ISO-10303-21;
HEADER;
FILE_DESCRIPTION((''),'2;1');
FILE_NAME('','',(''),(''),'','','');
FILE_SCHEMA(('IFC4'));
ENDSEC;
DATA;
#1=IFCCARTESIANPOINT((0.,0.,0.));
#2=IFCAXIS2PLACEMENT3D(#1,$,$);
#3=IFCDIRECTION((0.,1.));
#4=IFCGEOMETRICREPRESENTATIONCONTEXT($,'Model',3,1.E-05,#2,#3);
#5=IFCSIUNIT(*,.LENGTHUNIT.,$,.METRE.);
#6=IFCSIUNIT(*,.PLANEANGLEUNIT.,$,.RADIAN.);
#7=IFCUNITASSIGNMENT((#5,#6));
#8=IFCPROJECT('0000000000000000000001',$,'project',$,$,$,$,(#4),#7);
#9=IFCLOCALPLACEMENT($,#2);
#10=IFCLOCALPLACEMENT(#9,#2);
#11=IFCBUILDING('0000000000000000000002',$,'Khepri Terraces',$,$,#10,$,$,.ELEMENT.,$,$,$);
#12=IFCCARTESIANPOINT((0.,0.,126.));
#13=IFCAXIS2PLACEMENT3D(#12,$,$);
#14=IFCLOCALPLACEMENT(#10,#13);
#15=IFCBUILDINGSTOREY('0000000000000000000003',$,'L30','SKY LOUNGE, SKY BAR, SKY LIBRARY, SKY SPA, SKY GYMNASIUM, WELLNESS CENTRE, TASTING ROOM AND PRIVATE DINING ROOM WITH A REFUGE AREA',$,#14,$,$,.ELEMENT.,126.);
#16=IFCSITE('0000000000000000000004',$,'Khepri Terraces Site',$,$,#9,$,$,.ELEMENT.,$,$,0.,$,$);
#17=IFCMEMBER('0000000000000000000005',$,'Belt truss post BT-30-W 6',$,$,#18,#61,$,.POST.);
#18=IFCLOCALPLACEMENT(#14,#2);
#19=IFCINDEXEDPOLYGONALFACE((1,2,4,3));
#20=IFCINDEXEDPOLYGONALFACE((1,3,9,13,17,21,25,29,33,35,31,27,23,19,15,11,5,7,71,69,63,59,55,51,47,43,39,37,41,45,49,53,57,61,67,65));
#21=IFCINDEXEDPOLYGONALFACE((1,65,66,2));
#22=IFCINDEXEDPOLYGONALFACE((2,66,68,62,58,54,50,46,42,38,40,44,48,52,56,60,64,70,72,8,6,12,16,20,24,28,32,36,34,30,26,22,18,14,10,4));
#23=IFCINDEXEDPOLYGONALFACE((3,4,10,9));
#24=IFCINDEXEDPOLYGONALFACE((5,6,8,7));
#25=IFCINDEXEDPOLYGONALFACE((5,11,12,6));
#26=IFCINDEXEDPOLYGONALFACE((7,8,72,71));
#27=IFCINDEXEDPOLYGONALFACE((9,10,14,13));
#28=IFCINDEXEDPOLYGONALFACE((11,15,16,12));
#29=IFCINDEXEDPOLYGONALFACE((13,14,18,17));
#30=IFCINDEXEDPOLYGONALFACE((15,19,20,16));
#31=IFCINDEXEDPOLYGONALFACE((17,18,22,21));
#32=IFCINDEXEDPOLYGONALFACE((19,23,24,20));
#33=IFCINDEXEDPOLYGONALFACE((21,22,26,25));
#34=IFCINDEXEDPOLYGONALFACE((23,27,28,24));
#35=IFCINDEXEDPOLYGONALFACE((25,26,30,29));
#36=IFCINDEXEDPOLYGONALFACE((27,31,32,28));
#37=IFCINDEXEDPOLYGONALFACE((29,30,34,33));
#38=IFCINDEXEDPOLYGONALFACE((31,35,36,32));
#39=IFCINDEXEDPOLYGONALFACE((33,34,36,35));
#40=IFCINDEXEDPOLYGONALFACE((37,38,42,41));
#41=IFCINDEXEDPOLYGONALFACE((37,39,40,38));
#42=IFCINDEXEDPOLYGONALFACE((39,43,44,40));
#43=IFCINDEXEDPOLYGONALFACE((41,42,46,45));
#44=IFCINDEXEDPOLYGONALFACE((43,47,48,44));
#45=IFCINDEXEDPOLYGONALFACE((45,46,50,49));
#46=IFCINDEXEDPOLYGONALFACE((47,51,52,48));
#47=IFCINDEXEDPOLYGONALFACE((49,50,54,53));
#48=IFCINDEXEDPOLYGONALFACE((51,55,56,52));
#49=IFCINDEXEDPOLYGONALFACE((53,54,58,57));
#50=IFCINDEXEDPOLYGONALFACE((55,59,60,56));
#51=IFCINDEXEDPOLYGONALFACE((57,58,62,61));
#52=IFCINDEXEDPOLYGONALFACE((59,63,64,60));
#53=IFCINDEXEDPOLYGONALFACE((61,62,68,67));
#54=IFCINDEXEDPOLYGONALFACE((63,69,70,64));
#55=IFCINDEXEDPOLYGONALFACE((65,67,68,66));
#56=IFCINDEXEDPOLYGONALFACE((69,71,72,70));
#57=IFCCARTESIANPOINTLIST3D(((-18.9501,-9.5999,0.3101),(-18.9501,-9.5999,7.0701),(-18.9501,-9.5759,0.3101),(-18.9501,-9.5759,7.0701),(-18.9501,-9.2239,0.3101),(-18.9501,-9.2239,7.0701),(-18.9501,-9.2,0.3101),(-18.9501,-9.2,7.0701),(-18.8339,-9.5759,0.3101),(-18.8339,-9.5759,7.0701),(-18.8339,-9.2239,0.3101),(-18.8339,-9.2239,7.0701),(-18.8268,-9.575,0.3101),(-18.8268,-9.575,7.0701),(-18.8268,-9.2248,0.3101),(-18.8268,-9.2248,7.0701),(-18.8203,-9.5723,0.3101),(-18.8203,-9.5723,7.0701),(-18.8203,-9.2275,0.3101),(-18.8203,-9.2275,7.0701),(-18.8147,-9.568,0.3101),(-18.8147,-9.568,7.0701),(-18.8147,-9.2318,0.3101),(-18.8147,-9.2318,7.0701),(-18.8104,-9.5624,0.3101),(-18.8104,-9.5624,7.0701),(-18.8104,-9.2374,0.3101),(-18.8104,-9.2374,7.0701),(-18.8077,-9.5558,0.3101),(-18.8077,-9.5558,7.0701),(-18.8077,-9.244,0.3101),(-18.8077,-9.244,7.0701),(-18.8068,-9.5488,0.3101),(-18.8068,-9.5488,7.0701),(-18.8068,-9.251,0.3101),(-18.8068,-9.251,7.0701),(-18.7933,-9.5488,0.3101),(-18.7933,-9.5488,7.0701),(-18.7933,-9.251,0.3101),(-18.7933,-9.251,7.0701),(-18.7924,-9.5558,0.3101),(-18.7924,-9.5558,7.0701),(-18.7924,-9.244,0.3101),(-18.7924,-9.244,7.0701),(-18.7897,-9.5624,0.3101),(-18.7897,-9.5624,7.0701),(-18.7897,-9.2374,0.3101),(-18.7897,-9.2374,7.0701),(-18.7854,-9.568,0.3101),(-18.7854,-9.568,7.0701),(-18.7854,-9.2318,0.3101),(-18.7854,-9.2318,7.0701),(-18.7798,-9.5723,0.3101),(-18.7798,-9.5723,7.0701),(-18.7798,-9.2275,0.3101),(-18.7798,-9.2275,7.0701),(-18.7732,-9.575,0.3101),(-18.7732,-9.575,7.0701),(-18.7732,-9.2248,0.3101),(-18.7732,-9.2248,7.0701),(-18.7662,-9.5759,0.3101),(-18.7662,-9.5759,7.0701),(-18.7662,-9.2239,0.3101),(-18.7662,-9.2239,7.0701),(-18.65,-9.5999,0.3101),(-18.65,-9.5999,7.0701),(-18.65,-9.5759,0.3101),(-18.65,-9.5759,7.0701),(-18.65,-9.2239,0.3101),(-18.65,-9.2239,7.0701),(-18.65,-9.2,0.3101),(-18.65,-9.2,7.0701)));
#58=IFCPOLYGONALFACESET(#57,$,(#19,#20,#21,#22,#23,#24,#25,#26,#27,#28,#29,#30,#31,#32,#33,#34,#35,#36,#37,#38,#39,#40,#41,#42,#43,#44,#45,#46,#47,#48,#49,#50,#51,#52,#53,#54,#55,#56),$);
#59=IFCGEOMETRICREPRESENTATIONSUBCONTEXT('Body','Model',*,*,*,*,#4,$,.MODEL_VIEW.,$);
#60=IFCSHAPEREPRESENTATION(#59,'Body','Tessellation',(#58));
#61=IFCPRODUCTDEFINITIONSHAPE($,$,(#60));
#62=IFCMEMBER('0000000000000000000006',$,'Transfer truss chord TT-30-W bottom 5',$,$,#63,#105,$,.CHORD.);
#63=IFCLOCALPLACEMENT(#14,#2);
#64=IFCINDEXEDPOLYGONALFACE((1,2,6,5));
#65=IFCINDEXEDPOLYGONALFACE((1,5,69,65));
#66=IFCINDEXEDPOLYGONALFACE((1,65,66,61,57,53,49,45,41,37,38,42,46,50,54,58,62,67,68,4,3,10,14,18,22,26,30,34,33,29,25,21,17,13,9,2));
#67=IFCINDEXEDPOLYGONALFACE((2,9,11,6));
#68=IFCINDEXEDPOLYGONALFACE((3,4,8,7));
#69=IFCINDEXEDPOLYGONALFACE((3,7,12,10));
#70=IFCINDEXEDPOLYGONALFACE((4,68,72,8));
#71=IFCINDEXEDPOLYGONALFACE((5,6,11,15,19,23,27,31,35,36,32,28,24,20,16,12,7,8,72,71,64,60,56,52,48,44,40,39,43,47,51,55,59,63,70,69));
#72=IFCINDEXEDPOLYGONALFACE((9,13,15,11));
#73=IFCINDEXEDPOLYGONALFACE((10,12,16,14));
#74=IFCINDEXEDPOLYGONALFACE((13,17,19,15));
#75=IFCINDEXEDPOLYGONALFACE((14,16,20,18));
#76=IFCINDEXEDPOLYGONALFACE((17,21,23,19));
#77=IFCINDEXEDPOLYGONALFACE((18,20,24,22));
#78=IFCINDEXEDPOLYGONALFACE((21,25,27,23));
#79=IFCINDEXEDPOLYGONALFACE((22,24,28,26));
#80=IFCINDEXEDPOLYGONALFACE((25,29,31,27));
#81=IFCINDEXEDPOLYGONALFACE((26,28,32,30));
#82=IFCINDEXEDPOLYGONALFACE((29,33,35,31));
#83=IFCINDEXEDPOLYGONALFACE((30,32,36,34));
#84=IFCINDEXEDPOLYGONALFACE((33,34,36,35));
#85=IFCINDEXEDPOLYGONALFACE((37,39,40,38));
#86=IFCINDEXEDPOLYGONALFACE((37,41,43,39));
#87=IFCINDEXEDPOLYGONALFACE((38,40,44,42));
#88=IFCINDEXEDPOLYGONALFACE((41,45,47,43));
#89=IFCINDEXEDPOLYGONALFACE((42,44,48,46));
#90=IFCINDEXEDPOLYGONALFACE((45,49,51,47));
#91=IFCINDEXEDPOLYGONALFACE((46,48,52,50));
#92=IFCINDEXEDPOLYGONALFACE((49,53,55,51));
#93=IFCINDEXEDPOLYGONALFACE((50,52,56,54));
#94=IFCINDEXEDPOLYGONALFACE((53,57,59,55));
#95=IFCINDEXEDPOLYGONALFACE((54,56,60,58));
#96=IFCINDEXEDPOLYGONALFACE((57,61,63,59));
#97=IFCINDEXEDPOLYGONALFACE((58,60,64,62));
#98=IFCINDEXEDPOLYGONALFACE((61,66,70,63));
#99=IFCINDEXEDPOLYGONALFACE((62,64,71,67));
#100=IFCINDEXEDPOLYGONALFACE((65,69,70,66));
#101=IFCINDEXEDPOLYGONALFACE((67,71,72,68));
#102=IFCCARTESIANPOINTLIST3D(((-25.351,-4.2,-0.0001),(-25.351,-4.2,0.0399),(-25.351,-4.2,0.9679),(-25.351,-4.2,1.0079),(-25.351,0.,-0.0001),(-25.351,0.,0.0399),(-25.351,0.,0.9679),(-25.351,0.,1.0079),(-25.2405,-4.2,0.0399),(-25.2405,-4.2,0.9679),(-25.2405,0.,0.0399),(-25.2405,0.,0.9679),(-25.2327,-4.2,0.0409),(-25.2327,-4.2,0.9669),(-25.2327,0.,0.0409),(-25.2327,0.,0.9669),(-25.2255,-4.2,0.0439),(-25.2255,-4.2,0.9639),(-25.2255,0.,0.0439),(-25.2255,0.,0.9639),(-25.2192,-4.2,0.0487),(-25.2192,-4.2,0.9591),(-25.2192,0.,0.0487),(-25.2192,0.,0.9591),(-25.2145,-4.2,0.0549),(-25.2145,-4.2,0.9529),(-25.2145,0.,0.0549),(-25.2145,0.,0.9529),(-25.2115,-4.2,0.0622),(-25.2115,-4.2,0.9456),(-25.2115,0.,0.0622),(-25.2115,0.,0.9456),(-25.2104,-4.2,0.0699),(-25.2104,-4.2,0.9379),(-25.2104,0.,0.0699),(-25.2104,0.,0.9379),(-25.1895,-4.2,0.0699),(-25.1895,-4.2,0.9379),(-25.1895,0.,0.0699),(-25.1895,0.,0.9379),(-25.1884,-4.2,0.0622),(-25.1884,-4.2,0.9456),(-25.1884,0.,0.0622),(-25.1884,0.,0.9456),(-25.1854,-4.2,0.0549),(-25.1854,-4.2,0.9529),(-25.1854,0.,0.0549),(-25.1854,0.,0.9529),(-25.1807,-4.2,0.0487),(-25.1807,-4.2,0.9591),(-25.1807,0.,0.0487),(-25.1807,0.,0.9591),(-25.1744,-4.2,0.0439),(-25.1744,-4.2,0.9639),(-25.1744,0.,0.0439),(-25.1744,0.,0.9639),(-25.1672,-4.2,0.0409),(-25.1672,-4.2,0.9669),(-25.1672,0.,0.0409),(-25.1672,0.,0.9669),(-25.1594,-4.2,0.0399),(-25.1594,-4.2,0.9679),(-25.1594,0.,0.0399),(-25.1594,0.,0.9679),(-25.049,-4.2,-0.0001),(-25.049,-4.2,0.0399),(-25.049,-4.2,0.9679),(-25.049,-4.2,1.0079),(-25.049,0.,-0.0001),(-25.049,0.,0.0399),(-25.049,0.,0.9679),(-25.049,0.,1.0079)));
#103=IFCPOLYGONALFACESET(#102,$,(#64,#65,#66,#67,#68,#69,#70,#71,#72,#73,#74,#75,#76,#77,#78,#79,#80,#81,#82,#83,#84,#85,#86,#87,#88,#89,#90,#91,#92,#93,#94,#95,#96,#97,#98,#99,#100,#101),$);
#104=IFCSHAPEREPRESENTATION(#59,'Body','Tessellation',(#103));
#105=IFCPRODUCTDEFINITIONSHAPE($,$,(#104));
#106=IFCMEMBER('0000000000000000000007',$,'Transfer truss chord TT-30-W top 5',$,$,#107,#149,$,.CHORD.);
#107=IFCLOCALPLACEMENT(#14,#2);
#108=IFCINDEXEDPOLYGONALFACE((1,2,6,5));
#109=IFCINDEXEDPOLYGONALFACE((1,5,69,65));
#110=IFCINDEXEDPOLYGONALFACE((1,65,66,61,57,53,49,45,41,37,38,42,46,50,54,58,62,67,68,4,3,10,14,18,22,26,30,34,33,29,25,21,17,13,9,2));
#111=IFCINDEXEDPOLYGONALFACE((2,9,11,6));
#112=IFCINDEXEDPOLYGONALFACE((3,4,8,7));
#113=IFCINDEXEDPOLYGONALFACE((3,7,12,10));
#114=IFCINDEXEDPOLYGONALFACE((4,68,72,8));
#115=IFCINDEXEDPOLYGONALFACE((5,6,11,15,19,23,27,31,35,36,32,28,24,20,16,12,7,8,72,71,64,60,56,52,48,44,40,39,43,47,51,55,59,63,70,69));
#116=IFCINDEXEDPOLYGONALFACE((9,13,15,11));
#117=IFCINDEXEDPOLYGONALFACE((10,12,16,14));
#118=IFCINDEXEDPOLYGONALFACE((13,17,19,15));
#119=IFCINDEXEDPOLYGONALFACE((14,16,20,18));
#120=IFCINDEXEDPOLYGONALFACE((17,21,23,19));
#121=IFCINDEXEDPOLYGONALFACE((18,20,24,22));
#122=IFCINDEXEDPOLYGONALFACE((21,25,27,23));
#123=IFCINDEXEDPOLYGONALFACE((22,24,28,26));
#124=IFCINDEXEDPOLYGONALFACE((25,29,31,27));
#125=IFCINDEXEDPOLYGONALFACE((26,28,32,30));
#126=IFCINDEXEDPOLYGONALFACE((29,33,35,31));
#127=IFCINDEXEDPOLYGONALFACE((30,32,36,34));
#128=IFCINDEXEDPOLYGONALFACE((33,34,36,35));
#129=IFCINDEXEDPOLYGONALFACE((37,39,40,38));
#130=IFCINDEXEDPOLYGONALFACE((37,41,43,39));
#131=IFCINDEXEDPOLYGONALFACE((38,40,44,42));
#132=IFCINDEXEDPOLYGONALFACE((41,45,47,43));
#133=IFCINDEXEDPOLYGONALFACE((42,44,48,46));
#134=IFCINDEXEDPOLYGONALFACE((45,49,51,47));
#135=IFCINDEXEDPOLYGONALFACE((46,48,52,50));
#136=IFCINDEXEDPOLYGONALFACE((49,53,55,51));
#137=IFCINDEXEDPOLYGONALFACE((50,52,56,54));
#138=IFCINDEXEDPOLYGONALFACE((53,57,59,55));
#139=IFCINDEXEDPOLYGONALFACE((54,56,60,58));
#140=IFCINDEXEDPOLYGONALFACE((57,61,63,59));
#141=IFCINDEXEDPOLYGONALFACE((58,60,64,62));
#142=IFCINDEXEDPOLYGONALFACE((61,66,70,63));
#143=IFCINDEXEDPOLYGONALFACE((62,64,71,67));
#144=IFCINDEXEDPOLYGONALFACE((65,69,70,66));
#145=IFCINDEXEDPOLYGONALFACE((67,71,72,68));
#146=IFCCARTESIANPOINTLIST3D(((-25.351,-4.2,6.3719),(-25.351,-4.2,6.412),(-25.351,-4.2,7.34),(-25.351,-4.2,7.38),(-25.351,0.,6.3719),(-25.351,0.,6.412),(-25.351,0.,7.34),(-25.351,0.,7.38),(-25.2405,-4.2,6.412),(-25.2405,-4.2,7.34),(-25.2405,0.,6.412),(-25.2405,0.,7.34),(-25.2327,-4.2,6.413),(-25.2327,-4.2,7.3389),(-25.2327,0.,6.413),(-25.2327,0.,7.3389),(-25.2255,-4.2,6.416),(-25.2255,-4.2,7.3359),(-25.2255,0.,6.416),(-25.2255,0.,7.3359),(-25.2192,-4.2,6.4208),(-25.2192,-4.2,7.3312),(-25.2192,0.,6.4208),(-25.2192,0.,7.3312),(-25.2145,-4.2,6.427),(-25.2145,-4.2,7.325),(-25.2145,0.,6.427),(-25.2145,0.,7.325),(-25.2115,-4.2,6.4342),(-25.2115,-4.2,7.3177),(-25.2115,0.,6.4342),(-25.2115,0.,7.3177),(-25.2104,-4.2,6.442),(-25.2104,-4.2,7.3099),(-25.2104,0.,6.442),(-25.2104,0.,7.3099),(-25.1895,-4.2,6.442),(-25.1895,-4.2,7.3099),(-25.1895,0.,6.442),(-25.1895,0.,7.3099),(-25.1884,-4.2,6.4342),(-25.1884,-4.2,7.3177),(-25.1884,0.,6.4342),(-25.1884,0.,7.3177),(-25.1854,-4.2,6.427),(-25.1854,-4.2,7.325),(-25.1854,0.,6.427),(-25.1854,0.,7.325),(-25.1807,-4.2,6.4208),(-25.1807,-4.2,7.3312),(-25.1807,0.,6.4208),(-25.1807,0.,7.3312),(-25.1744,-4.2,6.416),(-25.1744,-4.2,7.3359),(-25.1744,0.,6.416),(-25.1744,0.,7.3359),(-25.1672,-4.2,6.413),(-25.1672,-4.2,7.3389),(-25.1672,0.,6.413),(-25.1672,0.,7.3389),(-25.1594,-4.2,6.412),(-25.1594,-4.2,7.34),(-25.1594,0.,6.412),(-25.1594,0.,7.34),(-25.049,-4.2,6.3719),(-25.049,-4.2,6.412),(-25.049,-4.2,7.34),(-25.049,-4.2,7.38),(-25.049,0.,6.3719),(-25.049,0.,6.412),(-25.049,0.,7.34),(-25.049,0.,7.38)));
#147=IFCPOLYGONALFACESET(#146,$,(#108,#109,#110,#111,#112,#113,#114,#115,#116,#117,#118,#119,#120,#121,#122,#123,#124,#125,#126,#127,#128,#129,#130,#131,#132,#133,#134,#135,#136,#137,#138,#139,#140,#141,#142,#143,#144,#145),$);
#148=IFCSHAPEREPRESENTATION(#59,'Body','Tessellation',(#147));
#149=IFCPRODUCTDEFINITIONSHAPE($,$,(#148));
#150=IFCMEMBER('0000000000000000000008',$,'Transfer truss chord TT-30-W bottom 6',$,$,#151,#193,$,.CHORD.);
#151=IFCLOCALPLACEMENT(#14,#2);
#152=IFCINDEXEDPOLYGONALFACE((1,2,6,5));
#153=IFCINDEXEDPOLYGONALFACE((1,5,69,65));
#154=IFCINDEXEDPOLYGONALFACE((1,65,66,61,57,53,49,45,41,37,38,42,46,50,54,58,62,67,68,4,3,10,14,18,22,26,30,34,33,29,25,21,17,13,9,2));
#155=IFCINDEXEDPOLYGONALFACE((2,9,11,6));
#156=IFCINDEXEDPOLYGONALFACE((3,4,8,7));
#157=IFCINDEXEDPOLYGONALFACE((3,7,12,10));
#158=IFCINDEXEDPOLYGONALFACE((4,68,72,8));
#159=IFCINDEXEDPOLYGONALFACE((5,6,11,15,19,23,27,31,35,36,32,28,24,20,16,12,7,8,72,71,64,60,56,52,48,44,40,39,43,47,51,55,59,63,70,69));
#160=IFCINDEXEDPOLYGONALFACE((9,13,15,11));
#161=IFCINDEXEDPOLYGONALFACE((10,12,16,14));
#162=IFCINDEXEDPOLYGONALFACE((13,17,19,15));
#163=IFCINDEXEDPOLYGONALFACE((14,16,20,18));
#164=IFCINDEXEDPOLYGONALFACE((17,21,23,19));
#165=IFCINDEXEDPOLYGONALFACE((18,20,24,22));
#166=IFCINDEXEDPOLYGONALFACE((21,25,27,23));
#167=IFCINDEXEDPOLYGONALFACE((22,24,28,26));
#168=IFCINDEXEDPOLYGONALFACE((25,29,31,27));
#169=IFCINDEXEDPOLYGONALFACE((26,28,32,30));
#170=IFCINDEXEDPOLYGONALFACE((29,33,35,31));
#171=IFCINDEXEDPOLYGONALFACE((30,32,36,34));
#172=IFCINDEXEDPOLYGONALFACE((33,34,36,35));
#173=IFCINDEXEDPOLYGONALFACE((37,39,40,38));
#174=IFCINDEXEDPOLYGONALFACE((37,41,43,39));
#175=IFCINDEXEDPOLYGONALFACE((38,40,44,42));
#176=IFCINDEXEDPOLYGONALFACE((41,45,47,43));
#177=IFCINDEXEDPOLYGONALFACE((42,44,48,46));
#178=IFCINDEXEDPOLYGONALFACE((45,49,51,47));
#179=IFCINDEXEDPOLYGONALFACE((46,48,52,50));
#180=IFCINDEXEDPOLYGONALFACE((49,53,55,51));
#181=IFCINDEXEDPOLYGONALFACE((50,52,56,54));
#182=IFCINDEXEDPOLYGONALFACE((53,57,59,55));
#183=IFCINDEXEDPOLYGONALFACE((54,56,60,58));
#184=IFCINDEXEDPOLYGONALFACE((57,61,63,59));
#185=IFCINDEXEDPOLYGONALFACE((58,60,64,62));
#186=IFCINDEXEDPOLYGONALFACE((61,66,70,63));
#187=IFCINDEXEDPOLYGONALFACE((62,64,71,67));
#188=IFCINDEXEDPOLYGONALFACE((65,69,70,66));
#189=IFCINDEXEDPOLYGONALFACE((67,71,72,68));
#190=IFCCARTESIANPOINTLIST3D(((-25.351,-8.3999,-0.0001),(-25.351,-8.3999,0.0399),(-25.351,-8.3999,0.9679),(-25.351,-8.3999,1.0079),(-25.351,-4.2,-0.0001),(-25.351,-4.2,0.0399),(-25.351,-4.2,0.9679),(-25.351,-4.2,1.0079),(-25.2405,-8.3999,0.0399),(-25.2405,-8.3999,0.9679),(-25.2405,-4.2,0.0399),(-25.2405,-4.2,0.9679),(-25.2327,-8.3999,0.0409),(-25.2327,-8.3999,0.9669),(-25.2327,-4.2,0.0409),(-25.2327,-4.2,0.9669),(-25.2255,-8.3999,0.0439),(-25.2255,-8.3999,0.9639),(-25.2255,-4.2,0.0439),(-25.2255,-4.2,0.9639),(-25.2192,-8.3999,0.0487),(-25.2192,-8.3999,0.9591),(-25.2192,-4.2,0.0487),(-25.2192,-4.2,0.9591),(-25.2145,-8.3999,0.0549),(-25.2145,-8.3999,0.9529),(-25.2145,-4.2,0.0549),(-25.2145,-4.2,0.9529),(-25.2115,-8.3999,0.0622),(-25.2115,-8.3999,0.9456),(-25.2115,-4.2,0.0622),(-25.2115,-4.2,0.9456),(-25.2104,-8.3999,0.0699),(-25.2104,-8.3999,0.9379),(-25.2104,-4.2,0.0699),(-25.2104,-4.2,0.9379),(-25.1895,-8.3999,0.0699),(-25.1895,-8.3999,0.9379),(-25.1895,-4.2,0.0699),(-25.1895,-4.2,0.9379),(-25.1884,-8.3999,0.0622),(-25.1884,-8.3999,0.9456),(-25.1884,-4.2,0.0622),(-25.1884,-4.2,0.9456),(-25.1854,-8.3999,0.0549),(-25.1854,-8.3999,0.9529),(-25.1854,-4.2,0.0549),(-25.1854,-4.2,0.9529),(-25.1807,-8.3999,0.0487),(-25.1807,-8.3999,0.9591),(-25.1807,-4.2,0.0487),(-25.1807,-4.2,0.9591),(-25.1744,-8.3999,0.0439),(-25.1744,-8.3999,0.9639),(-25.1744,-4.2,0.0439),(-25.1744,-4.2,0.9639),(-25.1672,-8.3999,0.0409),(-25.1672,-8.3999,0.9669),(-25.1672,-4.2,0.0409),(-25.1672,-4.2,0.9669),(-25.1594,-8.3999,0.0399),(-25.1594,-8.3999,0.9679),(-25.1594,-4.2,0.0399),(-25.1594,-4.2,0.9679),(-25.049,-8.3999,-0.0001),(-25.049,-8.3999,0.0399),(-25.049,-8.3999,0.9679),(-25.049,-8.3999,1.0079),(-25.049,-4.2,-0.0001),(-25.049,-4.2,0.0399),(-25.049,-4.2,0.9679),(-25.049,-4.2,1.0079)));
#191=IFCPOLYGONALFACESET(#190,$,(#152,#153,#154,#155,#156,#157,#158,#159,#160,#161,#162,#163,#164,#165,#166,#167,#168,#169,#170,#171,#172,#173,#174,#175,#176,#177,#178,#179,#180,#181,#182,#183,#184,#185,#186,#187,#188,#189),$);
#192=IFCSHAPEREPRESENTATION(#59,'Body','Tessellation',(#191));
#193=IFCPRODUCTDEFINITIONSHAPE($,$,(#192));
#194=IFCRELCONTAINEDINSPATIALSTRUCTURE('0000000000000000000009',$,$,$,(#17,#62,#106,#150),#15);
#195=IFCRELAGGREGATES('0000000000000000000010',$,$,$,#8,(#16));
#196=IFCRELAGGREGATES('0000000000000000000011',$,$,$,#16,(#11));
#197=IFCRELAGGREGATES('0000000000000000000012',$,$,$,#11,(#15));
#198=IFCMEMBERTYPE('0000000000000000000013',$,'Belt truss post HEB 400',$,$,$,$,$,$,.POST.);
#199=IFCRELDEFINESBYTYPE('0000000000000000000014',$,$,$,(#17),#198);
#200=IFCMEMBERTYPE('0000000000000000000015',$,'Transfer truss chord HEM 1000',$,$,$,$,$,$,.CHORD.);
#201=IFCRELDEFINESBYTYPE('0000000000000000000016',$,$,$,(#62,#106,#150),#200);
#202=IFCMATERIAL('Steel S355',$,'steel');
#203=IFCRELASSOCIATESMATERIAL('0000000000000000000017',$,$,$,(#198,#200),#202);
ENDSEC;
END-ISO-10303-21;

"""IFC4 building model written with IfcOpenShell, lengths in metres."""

from ifc_helpers import new_model, si_unit, direction, frame, origin, origin_2d, place, context, subcontext, project, spatial, i_section, extrude, material, material_profile, profile_set, type_object, element, save


model = new_model("IFC4")

# Units and contexts
model_context = context("Model", 3, precision=1e-05, world=origin(), true_north=direction((0.0, 1.0)))
body_context = subcontext(model_context, "Body", "Model", "MODEL_VIEW")
ifc_project = project(units=[si_unit("LENGTHUNIT", "METRE"), si_unit("PLANEANGLEUNIT", "RADIAN")], contexts=[model_context])

# Site, building, storey
site_placement = place(None, origin())
site = spatial("IfcSite", under=ifc_project, at=site_placement, Name="Khepri Terraces Site", CompositionType="ELEMENT", RefElevation=0.0)
building_placement = place(site_placement, origin())
building = spatial("IfcBuilding", under=site, at=building_placement, Name="Khepri Terraces", CompositionType="ELEMENT")
storey_placement = place(building_placement, frame((0.0, 0.0, 126.0)))
storey = spatial("IfcBuildingStorey", under=building, at=storey_placement, Name="L30", Description="SKY LOUNGE, SKY BAR, SKY LIBRARY, SKY SPA, SKY GYMNASIUM, WELLNESS CENTRE, TASTING ROOM AND PRIVATE DINING ROOM WITH A REFUGE AREA", CompositionType="ELEMENT", Elevation=126.0)

# Members
ifc_material_1 = material(Name="Steel S355", Category="steel")
ifc_material_profile_1 = material_profile(ifc_material_1, i_section(OverallWidth=0.3, OverallDepth=0.3999, WebThickness=0.0134, FlangeThickness=0.0239, FilletRadius=0.0271, at=origin_2d()), Name="Steel S355", Category="steel")
ifc_profile_set_1 = profile_set([ifc_material_profile_1], Name="Steel S355")
member_type_1 = type_object("IfcMemberType", Name="Belt truss post HEB 400", PredefinedType="POST", material=ifc_profile_set_1)
for number, where, z_axis, x_axis, name in (
    (1, (-18.8, -9.3999, 0.3101), (0.0, 0.0, 1.0), (1.0, 0.0, 0.0), "Belt truss post BT-30-W 6"),
):
    element("IfcMember", number, at=place(storey_placement, frame(where, z_axis=z_axis, x_axis=x_axis)), inside=storey, type_object=member_type_1, Name=name, PredefinedType="POST", context=body_context, shape_type="SweptSolid", body=[
        extrude(i_section(OverallWidth=0.3, OverallDepth=0.3999, WebThickness=0.0134, FlangeThickness=0.0239, FilletRadius=0.0271, at=origin_2d()), origin(), (0.0, 0.0, 1.0), 6.76),
    ])
ifc_material_profile_2 = material_profile(ifc_material_1, i_section(OverallWidth=0.302, OverallDepth=1.0081, WebThickness=0.021, FlangeThickness=0.04, FilletRadius=0.03, at=origin_2d()), Name="Steel S355", Category="steel")
ifc_profile_set_2 = profile_set([ifc_material_profile_2], Name="Steel S355")
member_type_2 = type_object("IfcMemberType", Name="Transfer truss chord HEM 1000", PredefinedType="CHORD", material=ifc_profile_set_2)
for number, where, z_axis, x_axis, name in (
    (2, (-25.2, 0.0, 0.5039), (0.0, -1.0, 0.0), (1.0, 0.0, 0.0), "Transfer truss chord TT-30-W bottom 5"),
    (3, (-25.2, 0.0, 6.876), (0.0, -1.0, 0.0), (1.0, 0.0, 0.0), "Transfer truss chord TT-30-W top 5"),
    (4, (-25.2, -4.2, 0.5039), (0.0, -1.0, 0.0), (1.0, 0.0, 0.0), "Transfer truss chord TT-30-W bottom 6"),
):
    element("IfcMember", number, at=place(storey_placement, frame(where, z_axis=z_axis, x_axis=x_axis)), inside=storey, type_object=member_type_2, Name=name, PredefinedType="CHORD", context=body_context, shape_type="SweptSolid", body=[
        extrude(i_section(OverallWidth=0.302, OverallDepth=1.0081, WebThickness=0.021, FlangeThickness=0.04, FilletRadius=0.03, at=origin_2d()), origin(), (0.0, 0.0, 1.0), 4.2),
    ])

save(model, "model.ifc")
